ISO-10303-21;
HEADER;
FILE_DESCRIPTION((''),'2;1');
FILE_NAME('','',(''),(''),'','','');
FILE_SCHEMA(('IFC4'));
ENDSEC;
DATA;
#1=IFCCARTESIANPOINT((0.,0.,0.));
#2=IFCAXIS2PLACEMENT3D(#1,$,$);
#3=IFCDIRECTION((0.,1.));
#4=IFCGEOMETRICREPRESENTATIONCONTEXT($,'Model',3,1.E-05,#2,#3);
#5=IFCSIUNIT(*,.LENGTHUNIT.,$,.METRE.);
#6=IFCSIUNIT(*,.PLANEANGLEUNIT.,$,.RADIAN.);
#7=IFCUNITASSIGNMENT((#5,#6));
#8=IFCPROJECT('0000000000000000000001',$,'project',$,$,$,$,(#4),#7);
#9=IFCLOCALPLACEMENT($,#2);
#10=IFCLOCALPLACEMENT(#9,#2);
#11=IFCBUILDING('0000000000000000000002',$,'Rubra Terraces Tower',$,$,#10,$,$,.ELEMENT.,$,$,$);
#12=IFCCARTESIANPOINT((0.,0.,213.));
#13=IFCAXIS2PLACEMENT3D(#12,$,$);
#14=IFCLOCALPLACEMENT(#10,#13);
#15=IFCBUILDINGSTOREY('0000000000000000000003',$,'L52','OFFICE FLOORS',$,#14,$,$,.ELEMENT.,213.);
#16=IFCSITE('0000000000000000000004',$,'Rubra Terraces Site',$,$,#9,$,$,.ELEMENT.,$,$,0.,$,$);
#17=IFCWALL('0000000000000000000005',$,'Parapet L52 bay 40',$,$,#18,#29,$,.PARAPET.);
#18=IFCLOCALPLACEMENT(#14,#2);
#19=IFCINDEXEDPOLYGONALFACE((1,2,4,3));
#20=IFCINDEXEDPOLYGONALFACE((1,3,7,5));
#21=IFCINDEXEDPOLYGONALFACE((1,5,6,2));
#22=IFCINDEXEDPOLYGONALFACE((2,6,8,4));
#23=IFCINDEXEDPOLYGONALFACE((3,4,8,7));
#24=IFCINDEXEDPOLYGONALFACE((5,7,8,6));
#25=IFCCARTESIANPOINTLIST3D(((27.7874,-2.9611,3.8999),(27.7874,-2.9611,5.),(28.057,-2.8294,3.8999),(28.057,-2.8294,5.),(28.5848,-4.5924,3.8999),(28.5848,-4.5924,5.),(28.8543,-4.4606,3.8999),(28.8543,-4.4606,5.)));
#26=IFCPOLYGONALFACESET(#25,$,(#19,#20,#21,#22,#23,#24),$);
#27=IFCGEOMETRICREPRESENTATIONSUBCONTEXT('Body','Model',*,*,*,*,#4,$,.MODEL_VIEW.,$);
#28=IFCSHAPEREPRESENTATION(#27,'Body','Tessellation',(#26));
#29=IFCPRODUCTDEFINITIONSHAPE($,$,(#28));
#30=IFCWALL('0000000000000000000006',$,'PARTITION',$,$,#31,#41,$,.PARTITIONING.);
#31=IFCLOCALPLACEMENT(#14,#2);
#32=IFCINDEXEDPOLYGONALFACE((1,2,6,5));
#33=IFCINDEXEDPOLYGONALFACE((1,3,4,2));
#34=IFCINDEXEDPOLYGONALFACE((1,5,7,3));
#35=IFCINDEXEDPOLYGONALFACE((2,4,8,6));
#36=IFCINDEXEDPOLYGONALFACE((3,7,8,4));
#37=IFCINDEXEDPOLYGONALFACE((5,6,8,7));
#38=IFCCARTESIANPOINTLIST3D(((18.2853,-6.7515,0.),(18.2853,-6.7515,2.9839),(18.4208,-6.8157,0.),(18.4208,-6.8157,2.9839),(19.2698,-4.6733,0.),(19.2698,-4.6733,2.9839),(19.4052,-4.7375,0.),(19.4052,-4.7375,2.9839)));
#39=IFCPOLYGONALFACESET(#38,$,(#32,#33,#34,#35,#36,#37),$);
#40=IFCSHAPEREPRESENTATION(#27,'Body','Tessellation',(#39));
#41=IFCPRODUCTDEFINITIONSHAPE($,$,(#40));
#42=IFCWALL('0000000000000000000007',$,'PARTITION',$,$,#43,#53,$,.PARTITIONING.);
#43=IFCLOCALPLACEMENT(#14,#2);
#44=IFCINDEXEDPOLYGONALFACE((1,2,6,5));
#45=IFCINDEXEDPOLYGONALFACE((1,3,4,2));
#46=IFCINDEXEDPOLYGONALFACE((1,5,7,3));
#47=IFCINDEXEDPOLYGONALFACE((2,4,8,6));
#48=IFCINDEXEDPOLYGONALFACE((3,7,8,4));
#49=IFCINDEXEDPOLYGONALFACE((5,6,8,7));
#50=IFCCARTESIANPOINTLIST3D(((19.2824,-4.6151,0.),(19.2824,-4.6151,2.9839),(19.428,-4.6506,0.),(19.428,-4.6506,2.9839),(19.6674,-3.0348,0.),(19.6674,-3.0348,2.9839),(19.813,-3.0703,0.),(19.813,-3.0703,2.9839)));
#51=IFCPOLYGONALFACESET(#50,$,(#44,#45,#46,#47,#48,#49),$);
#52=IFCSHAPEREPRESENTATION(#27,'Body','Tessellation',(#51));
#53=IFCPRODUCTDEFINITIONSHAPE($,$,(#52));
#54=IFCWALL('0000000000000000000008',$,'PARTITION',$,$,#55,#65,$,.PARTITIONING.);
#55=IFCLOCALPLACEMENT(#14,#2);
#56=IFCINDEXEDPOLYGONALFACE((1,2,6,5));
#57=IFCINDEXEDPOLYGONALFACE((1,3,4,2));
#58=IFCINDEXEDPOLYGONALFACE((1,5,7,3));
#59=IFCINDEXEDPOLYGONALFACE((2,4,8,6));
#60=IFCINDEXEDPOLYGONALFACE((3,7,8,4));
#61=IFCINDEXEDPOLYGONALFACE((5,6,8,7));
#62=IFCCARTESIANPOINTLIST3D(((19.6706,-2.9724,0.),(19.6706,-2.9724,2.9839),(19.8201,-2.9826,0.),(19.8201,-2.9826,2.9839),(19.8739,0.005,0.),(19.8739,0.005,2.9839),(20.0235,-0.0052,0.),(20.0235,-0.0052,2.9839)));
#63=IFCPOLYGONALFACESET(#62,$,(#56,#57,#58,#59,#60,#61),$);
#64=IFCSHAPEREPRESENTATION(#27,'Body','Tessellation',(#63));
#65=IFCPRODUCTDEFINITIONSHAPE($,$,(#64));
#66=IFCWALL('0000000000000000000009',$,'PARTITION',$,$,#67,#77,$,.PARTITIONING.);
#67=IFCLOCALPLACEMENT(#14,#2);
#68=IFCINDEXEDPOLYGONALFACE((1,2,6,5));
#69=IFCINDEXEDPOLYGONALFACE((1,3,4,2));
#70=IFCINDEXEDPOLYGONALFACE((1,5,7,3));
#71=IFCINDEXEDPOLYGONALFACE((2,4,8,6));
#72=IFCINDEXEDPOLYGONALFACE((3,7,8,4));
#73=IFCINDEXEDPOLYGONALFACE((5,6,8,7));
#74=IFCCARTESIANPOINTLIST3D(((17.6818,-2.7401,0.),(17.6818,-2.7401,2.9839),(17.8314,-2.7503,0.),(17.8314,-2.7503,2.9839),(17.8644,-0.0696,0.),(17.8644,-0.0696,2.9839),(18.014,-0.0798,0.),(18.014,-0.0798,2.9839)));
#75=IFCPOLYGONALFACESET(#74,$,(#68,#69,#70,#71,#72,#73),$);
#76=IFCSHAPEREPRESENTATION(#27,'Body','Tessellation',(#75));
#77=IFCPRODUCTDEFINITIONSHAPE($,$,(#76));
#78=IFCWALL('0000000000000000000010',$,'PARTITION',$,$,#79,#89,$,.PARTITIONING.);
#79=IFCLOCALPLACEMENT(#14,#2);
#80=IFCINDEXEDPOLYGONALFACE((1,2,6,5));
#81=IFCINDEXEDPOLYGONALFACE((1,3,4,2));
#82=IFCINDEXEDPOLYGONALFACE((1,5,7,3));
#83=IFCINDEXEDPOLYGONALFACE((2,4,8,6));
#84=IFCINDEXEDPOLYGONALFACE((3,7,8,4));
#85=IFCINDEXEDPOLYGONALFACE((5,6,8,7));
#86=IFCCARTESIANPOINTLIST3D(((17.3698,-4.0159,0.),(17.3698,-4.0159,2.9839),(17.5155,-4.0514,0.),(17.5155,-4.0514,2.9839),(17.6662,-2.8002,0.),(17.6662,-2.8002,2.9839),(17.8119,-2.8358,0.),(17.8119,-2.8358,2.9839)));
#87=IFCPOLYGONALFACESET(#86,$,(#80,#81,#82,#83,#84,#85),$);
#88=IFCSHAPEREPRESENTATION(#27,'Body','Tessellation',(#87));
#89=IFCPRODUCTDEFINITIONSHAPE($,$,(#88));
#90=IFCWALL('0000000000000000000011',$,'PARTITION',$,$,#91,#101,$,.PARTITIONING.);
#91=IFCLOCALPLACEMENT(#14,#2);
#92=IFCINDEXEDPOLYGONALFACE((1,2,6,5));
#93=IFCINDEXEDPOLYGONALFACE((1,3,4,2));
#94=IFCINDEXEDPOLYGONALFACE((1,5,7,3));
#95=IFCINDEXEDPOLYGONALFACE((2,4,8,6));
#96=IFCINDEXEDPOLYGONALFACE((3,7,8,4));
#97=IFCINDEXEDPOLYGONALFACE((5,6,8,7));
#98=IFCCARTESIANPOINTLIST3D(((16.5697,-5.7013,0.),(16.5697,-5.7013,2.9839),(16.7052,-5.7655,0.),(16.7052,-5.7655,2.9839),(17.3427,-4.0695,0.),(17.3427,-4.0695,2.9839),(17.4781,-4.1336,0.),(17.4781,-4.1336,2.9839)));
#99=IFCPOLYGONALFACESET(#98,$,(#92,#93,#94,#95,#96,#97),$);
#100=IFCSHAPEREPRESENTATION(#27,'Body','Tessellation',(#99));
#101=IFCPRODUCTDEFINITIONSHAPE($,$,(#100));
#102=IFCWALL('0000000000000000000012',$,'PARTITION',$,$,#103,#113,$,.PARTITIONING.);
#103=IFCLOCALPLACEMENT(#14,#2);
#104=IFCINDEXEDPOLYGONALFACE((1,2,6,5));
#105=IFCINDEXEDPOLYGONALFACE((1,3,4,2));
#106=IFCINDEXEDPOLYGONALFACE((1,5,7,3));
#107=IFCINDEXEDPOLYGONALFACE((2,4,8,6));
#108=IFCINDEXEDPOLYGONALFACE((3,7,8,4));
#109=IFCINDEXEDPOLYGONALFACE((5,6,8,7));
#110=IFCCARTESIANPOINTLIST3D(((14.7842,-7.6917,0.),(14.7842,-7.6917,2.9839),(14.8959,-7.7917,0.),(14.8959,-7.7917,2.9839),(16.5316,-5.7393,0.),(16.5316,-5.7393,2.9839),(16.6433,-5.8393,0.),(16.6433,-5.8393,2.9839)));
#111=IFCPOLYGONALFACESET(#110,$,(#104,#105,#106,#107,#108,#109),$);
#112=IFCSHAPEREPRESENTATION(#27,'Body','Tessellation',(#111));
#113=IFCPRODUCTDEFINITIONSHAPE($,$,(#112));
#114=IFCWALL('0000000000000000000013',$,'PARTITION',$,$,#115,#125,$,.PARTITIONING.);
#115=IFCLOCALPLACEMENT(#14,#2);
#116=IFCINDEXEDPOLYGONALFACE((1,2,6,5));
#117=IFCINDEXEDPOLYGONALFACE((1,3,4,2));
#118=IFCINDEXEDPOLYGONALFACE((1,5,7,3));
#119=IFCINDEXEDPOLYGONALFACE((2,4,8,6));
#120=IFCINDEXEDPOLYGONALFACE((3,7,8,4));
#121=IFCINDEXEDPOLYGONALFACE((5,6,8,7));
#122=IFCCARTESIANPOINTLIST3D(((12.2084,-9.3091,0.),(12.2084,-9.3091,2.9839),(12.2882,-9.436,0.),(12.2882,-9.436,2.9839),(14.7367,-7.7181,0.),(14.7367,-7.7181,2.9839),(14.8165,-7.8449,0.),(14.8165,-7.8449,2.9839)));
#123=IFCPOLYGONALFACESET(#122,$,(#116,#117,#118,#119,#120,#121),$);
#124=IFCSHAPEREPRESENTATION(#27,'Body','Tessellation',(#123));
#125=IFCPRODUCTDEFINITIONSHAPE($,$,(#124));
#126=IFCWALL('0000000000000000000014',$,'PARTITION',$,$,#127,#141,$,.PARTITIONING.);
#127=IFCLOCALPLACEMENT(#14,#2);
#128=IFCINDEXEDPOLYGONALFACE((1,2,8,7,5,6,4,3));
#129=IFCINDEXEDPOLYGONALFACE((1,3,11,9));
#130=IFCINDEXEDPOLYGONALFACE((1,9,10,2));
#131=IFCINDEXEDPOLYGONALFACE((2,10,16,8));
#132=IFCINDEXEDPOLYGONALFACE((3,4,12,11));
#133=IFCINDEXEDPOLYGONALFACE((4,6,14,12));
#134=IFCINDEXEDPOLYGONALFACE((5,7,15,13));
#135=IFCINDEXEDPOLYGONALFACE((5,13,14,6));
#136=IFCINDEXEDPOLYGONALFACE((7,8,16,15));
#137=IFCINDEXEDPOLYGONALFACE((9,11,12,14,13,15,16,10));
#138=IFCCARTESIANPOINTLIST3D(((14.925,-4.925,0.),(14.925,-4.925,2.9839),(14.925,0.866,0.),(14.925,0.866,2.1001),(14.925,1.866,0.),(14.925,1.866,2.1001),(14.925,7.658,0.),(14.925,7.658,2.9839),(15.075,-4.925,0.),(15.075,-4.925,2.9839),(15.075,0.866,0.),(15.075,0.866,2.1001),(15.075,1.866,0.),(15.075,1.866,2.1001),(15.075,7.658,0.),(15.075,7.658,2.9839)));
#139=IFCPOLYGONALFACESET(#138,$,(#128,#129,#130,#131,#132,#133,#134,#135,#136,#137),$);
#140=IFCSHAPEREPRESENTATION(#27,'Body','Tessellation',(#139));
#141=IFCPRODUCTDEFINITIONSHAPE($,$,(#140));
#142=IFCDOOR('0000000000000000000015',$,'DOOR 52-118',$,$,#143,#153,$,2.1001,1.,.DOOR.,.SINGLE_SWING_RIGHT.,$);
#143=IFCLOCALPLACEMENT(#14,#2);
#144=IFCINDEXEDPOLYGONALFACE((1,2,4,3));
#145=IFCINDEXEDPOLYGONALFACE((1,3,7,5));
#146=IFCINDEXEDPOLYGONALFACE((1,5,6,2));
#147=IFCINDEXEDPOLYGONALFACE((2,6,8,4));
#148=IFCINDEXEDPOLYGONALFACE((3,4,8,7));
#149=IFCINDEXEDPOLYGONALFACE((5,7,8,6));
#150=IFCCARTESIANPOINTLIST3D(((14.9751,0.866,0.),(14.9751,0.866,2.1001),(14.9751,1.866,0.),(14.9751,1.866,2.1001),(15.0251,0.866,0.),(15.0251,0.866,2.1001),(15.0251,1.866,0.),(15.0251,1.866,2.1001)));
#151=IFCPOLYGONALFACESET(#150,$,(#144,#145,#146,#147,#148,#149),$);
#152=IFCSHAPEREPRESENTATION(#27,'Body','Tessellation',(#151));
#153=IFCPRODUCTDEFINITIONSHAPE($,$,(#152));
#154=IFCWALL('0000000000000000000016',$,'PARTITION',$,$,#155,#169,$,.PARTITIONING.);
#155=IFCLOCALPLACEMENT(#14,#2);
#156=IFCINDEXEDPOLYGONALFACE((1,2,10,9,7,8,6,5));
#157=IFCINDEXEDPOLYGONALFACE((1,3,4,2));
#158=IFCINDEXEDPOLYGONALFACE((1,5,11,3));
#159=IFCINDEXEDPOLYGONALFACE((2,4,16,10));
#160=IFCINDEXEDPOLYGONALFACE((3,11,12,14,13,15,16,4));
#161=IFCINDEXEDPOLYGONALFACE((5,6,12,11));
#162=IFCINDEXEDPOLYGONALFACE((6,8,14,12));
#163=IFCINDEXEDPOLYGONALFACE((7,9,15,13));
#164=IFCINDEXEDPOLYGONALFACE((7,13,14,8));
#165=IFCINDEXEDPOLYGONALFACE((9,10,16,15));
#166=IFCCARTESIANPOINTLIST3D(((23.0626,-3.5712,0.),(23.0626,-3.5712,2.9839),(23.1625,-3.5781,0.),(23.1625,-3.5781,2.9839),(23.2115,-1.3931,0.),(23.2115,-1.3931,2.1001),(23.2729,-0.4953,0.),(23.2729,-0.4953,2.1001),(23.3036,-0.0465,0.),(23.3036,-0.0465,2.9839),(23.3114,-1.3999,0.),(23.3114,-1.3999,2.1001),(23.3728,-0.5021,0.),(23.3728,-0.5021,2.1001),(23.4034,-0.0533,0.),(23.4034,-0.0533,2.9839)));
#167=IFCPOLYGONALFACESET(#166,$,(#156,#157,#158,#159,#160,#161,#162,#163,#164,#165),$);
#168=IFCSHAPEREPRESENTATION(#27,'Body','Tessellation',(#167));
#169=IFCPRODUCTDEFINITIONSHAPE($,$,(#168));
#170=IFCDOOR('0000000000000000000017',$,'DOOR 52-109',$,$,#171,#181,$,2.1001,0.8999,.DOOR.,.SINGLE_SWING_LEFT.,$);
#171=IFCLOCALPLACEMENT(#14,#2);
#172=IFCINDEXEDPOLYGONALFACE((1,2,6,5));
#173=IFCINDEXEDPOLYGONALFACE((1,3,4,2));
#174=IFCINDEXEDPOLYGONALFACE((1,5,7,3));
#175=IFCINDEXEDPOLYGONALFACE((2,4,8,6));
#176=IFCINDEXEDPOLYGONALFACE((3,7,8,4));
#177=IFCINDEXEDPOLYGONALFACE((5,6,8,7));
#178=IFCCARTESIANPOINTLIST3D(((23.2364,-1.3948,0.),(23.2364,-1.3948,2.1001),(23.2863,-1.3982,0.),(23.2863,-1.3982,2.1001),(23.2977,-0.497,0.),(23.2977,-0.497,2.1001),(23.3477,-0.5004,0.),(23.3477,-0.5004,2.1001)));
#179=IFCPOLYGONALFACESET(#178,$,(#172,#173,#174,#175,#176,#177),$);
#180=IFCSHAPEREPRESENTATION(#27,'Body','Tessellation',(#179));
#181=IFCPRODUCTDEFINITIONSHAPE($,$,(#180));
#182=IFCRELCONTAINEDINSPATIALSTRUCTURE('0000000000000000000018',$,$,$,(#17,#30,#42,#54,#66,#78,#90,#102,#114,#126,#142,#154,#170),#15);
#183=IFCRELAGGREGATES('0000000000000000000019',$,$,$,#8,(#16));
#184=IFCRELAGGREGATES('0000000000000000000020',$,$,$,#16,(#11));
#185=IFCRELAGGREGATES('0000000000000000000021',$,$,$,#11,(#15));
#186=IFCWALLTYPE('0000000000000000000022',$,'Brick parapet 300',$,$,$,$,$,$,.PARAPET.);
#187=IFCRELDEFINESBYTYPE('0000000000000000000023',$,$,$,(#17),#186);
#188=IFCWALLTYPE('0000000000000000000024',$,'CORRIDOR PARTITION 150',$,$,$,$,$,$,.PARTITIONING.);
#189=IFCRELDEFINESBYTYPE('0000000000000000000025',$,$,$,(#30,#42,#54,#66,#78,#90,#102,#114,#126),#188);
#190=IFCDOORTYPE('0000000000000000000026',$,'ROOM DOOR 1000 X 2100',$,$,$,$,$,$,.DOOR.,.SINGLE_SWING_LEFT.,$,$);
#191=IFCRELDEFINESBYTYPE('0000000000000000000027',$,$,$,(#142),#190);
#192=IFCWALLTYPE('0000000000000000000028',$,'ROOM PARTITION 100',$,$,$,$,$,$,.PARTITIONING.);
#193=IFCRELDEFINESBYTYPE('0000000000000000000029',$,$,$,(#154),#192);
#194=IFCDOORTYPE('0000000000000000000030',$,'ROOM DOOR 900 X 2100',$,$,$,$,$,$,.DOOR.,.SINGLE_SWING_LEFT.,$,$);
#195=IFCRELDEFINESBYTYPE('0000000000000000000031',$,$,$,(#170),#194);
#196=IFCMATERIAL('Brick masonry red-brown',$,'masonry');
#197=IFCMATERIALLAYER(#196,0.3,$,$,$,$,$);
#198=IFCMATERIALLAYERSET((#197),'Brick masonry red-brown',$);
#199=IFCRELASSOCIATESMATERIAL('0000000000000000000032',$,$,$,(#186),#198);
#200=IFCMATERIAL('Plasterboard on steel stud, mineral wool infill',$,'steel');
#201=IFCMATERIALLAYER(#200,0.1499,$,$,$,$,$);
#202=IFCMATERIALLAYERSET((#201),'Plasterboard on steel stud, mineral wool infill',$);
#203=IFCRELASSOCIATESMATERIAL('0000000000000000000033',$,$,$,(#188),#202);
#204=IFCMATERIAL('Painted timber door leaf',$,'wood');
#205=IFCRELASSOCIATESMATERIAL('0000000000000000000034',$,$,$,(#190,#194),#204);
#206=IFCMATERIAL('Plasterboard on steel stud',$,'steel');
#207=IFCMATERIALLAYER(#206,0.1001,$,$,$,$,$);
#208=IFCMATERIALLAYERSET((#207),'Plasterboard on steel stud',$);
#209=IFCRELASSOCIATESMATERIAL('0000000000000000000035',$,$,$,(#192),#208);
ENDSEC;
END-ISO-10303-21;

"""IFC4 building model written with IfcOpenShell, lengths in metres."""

from ifc_helpers import new_model, si_unit, direction, frame, frame_2d, origin, place, context, subcontext, project, spatial, rectangle, extrude, material, layer, layer_set, type_object, element, fill, save


model = new_model("IFC4")

# Units and contexts
model_context = context("Model", 3, precision=1e-05, world=origin(), true_north=direction((0.0, 1.0)))
body_context = subcontext(model_context, "Body", "Model", "MODEL_VIEW")
ifc_project = project(units=[si_unit("LENGTHUNIT", "METRE"), si_unit("PLANEANGLEUNIT", "RADIAN")], contexts=[model_context])

# Site, building, storey
site_placement = place(None, origin())
site = spatial("IfcSite", under=ifc_project, at=site_placement, Name="Rubra Terraces Site", CompositionType="ELEMENT", RefElevation=0.0)
building_placement = place(site_placement, origin())
building = spatial("IfcBuilding", under=site, at=building_placement, Name="Rubra Terraces Tower", CompositionType="ELEMENT")
storey_placement = place(building_placement, frame((0.0, 0.0, 213.0)))
storey = spatial("IfcBuildingStorey", under=building, at=storey_placement, Name="L52", Description="OFFICE FLOORS", CompositionType="ELEMENT", Elevation=213.0)

# Shared definitions
ifc_material_1 = material(Name="Brick masonry red-brown", Category="masonry")

# Walls
ifc_layer_1 = layer(ifc_material_1, 0.3)
ifc_layer_set_1 = layer_set([ifc_layer_1], Name="Brick masonry red-brown")
wall_type_1 = type_object("IfcWallType", Name="Brick parapet 300", PredefinedType="PARAPET", material=ifc_layer_set_1)
wall_1_placement = place(storey_placement, frame((28.7195, -4.5264, 3.8999), z_axis=(0.0, 0.0, 1.0), x_axis=(-0.439128, 0.898424, 0.0)))
element("IfcWall", 1, at=wall_1_placement, inside=storey, type_object=wall_type_1, Name="Parapet L52 bay 40", PredefinedType="PARAPET", context=body_context, shape_type="SweptSolid", body=[
    extrude(rectangle(XDim=1.8157, YDim=0.3, at=frame_2d((0.9077, 0.0))), origin(), (0.0, 0.0, 1.0), 1.1001),
])
ifc_material_2 = material(Name="Plasterboard on steel stud, mineral wool infill", Category="steel")
ifc_layer_2 = layer(ifc_material_2, 0.1499)
ifc_layer_set_2 = layer_set([ifc_layer_2], Name="Plasterboard on steel stud, mineral wool infill")
wall_type_2 = type_object("IfcWallType", Name="CORRIDOR PARTITION 150", PredefinedType="PARTITIONING", material=ifc_layer_set_2)
wall_2_placement = place(storey_placement, frame((18.353, -6.7837, 0.0), z_axis=(0.0, 0.0, 1.0), x_axis=(0.428086, 0.903738, 0.0)))
element("IfcWall", 2, at=wall_2_placement, inside=storey, type_object=wall_type_2, Name="PARTITION", PredefinedType="PARTITIONING", context=body_context, shape_type="SweptSolid", body=[
    extrude(rectangle(XDim=2.2996, YDim=0.1499, at=frame_2d((1.1499, 0.0))), origin(), (0.0, 0.0, 1.0), 2.9839),
])
wall_3_placement = place(storey_placement, frame((19.3552, -4.6328, 0.0), z_axis=(0.0, 0.0, 1.0), x_axis=(0.236704, 0.971582, 0.0)))
element("IfcWall", 3, at=wall_3_placement, inside=storey, type_object=wall_type_2, Name="PARTITION", PredefinedType="PARTITIONING", context=body_context, shape_type="SweptSolid", body=[
    extrude(rectangle(XDim=1.6265, YDim=0.1499, at=frame_2d((0.8132, 0.0))), origin(), (0.0, 0.0, 1.0), 2.9839),
])
wall_4_placement = place(storey_placement, frame((19.7454, -2.9775, 0.0), z_axis=(0.0, 0.0, 1.0), x_axis=(0.068142, 0.997676, 0.0)))
element("IfcWall", 4, at=wall_4_placement, inside=storey, type_object=wall_type_2, Name="PARTITION", PredefinedType="PARTITIONING", context=body_context, shape_type="SweptSolid", body=[
    extrude(rectangle(XDim=2.9844, YDim=0.1499, at=frame_2d((1.4922, 0.0))), origin(), (0.0, 0.0, 1.0), 2.9839),
])
wall_5_placement = place(storey_placement, frame((17.9392, -0.0747, 0.0), z_axis=(0.0, 0.0, 1.0), x_axis=(-0.068226, -0.99767, 0.0)))
element("IfcWall", 5, at=wall_5_placement, inside=storey, type_object=wall_type_2, Name="PARTITION", PredefinedType="PARTITIONING", context=body_context, shape_type="SweptSolid", body=[
    extrude(rectangle(XDim=2.6768, YDim=0.1499, at=frame_2d((1.3384, 0.0))), origin(), (0.0, 0.0, 1.0), 2.9839),
])
wall_6_placement = place(storey_placement, frame((17.739, -2.8181, 0.0), z_axis=(0.0, 0.0, 1.0), x_axis=(-0.236884, -0.971538, 0.0)))
element("IfcWall", 6, at=wall_6_placement, inside=storey, type_object=wall_type_2, Name="PARTITION", PredefinedType="PARTITIONING", context=body_context, shape_type="SweptSolid", body=[
    extrude(rectangle(XDim=1.2512, YDim=0.1499, at=frame_2d((0.6255, 0.0))), origin(), (0.0, 0.0, 1.0), 2.9839),
])
wall_7_placement = place(storey_placement, frame((17.4104, -4.1016, 0.0), z_axis=(0.0, 0.0, 1.0), x_axis=(-0.428075, -0.903743, 0.0)))
element("IfcWall", 7, at=wall_7_placement, inside=storey, type_object=wall_type_2, Name="PARTITION", PredefinedType="PARTITIONING", context=body_context, shape_type="SweptSolid", body=[
    extrude(rectangle(XDim=1.8057, YDim=0.1499, at=frame_2d((0.9028, 0.0))), origin(), (0.0, 0.0, 1.0), 2.9839),
])
wall_8_placement = place(storey_placement, frame((16.5874, -5.7893, 0.0), z_axis=(0.0, 0.0, 1.0), x_axis=(-0.666887, -0.745158, 0.0)))
element("IfcWall", 8, at=wall_8_placement, inside=storey, type_object=wall_type_2, Name="PARTITION", PredefinedType="PARTITIONING", context=body_context, shape_type="SweptSolid", body=[
    extrude(rectangle(XDim=2.6201, YDim=0.1499, at=frame_2d((1.3101, 0.0))), origin(), (0.0, 0.0, 1.0), 2.9839),
])
wall_9_placement = place(storey_placement, frame((14.7766, -7.7815, 0.0), z_axis=(0.0, 0.0, 1.0), x_axis=(-0.84636, -0.532612, 0.0)))
element("IfcWall", 9, at=wall_9_placement, inside=storey, type_object=wall_type_2, Name="PARTITION", PredefinedType="PARTITIONING", context=body_context, shape_type="SweptSolid", body=[
    extrude(rectangle(XDim=2.9873, YDim=0.1499, at=frame_2d((1.4937, 0.0))), origin(), (0.0, 0.0, 1.0), 2.9839),
])

# Walls, openings, doors
wall_10_placement = place(storey_placement, frame((15.0, -4.925, 0.0), z_axis=(0.0, 0.0, 1.0), x_axis=(0.0, 1.0, 0.0)))
wall_10 = element("IfcWall", 10, at=wall_10_placement, inside=storey, type_object=wall_type_2, Name="PARTITION", PredefinedType="PARTITIONING", context=body_context, shape_type="SweptSolid", body=[
    extrude(rectangle(XDim=12.583, YDim=0.1499, at=frame_2d((6.2915, 0.0))), origin(), (0.0, 0.0, 1.0), 2.9839),
])
opening_1_placement = place(wall_10_placement, frame((5.791, 0.0, 0.0)))
opening_1 = element("IfcOpeningElement", 11, at=opening_1_placement, cuts=wall_10, PredefinedType="OPENING", context=body_context, shape_type="SweptSolid", body=[
    extrude(rectangle(XDim=1.0, YDim=2.1001, at=frame_2d((0.5, 1.05))), frame((0.0, 0.085, 0.0), z_axis=(0.0, -1.0, 0.0), x_axis=(1.0, 0.0, 0.0)), (0.0, 0.0, 1.0), 0.1699),
])
ifc_material_3 = material(Name="Painted timber door leaf", Category="wood")
door_type_1 = type_object("IfcDoorType", Name="ROOM DOOR 1000 X 2100", OperationType="SINGLE_SWING_LEFT", PredefinedType="DOOR", material=ifc_material_3)
door_1_placement = place(opening_1_placement, origin())
door_1 = element("IfcDoor", 12, at=door_1_placement, inside=storey, type_object=door_type_1, Name="DOOR 52-118", OperationType="SINGLE_SWING_RIGHT", OverallHeight=2.1001, OverallWidth=1.0, PredefinedType="DOOR", context=body_context, shape_type="SweptSolid", body=[
    extrude(rectangle(XDim=1.0, YDim=2.1001, at=frame_2d((0.5, 1.05))), frame((0.0, 0.0249, 0.0), z_axis=(0.0, -1.0, 0.0), x_axis=(1.0, 0.0, 0.0)), (0.0, 0.0, 1.0), 0.05),
])
fill(opening_1, door_1)
ifc_material_4 = material(Name="Plasterboard on steel stud", Category="steel")
ifc_layer_3 = layer(ifc_material_4, 0.1001)
ifc_layer_set_3 = layer_set([ifc_layer_3], Name="Plasterboard on steel stud")
wall_type_3 = type_object("IfcWallType", Name="ROOM PARTITION 100", PredefinedType="PARTITIONING", material=ifc_layer_set_3)
wall_11_placement = place(storey_placement, frame((23.3535, -0.0498, 0.0), z_axis=(0.0, 0.0, 1.0), x_axis=(-0.068207, -0.997671, 0.0)))
wall_11 = element("IfcWall", 13, at=wall_11_placement, inside=storey, type_object=wall_type_3, Name="PARTITION", PredefinedType="PARTITIONING", context=body_context, shape_type="SweptSolid", body=[
    extrude(rectangle(XDim=3.533, YDim=0.1001, at=frame_2d((1.7666, 0.0))), origin(), (0.0, 0.0, 1.0), 2.9839),
])
opening_2_placement = place(wall_11_placement, frame((0.45, 0.0, 0.0)))
opening_2 = element("IfcOpeningElement", 14, at=opening_2_placement, cuts=wall_11, PredefinedType="OPENING", context=body_context, shape_type="SweptSolid", body=[
    extrude(rectangle(XDim=0.8999, YDim=2.1001, at=frame_2d((0.45, 1.05))), frame((0.0, 0.0601, 0.0), z_axis=(0.0, -1.0, 0.0), x_axis=(1.0, 0.0, 0.0)), (0.0, 0.0, 1.0), 0.1201),
])
door_type_2 = type_object("IfcDoorType", Name="ROOM DOOR 900 X 2100", OperationType="SINGLE_SWING_LEFT", PredefinedType="DOOR", material=ifc_material_3)
door_2_placement = place(opening_2_placement, origin())
door_2 = element("IfcDoor", 15, at=door_2_placement, inside=storey, type_object=door_type_2, Name="DOOR 52-109", OperationType="SINGLE_SWING_LEFT", OverallHeight=2.1001, OverallWidth=0.8999, PredefinedType="DOOR", context=body_context, shape_type="SweptSolid", body=[
    extrude(rectangle(XDim=0.8999, YDim=2.1001, at=frame_2d((0.45, 1.05))), frame((0.0, 0.0249, 0.0), z_axis=(0.0, -1.0, 0.0), x_axis=(1.0, 0.0, 0.0)), (0.0, 0.0, 1.0), 0.05),
])
fill(opening_2, door_2)

save(model, "model.ifc")
